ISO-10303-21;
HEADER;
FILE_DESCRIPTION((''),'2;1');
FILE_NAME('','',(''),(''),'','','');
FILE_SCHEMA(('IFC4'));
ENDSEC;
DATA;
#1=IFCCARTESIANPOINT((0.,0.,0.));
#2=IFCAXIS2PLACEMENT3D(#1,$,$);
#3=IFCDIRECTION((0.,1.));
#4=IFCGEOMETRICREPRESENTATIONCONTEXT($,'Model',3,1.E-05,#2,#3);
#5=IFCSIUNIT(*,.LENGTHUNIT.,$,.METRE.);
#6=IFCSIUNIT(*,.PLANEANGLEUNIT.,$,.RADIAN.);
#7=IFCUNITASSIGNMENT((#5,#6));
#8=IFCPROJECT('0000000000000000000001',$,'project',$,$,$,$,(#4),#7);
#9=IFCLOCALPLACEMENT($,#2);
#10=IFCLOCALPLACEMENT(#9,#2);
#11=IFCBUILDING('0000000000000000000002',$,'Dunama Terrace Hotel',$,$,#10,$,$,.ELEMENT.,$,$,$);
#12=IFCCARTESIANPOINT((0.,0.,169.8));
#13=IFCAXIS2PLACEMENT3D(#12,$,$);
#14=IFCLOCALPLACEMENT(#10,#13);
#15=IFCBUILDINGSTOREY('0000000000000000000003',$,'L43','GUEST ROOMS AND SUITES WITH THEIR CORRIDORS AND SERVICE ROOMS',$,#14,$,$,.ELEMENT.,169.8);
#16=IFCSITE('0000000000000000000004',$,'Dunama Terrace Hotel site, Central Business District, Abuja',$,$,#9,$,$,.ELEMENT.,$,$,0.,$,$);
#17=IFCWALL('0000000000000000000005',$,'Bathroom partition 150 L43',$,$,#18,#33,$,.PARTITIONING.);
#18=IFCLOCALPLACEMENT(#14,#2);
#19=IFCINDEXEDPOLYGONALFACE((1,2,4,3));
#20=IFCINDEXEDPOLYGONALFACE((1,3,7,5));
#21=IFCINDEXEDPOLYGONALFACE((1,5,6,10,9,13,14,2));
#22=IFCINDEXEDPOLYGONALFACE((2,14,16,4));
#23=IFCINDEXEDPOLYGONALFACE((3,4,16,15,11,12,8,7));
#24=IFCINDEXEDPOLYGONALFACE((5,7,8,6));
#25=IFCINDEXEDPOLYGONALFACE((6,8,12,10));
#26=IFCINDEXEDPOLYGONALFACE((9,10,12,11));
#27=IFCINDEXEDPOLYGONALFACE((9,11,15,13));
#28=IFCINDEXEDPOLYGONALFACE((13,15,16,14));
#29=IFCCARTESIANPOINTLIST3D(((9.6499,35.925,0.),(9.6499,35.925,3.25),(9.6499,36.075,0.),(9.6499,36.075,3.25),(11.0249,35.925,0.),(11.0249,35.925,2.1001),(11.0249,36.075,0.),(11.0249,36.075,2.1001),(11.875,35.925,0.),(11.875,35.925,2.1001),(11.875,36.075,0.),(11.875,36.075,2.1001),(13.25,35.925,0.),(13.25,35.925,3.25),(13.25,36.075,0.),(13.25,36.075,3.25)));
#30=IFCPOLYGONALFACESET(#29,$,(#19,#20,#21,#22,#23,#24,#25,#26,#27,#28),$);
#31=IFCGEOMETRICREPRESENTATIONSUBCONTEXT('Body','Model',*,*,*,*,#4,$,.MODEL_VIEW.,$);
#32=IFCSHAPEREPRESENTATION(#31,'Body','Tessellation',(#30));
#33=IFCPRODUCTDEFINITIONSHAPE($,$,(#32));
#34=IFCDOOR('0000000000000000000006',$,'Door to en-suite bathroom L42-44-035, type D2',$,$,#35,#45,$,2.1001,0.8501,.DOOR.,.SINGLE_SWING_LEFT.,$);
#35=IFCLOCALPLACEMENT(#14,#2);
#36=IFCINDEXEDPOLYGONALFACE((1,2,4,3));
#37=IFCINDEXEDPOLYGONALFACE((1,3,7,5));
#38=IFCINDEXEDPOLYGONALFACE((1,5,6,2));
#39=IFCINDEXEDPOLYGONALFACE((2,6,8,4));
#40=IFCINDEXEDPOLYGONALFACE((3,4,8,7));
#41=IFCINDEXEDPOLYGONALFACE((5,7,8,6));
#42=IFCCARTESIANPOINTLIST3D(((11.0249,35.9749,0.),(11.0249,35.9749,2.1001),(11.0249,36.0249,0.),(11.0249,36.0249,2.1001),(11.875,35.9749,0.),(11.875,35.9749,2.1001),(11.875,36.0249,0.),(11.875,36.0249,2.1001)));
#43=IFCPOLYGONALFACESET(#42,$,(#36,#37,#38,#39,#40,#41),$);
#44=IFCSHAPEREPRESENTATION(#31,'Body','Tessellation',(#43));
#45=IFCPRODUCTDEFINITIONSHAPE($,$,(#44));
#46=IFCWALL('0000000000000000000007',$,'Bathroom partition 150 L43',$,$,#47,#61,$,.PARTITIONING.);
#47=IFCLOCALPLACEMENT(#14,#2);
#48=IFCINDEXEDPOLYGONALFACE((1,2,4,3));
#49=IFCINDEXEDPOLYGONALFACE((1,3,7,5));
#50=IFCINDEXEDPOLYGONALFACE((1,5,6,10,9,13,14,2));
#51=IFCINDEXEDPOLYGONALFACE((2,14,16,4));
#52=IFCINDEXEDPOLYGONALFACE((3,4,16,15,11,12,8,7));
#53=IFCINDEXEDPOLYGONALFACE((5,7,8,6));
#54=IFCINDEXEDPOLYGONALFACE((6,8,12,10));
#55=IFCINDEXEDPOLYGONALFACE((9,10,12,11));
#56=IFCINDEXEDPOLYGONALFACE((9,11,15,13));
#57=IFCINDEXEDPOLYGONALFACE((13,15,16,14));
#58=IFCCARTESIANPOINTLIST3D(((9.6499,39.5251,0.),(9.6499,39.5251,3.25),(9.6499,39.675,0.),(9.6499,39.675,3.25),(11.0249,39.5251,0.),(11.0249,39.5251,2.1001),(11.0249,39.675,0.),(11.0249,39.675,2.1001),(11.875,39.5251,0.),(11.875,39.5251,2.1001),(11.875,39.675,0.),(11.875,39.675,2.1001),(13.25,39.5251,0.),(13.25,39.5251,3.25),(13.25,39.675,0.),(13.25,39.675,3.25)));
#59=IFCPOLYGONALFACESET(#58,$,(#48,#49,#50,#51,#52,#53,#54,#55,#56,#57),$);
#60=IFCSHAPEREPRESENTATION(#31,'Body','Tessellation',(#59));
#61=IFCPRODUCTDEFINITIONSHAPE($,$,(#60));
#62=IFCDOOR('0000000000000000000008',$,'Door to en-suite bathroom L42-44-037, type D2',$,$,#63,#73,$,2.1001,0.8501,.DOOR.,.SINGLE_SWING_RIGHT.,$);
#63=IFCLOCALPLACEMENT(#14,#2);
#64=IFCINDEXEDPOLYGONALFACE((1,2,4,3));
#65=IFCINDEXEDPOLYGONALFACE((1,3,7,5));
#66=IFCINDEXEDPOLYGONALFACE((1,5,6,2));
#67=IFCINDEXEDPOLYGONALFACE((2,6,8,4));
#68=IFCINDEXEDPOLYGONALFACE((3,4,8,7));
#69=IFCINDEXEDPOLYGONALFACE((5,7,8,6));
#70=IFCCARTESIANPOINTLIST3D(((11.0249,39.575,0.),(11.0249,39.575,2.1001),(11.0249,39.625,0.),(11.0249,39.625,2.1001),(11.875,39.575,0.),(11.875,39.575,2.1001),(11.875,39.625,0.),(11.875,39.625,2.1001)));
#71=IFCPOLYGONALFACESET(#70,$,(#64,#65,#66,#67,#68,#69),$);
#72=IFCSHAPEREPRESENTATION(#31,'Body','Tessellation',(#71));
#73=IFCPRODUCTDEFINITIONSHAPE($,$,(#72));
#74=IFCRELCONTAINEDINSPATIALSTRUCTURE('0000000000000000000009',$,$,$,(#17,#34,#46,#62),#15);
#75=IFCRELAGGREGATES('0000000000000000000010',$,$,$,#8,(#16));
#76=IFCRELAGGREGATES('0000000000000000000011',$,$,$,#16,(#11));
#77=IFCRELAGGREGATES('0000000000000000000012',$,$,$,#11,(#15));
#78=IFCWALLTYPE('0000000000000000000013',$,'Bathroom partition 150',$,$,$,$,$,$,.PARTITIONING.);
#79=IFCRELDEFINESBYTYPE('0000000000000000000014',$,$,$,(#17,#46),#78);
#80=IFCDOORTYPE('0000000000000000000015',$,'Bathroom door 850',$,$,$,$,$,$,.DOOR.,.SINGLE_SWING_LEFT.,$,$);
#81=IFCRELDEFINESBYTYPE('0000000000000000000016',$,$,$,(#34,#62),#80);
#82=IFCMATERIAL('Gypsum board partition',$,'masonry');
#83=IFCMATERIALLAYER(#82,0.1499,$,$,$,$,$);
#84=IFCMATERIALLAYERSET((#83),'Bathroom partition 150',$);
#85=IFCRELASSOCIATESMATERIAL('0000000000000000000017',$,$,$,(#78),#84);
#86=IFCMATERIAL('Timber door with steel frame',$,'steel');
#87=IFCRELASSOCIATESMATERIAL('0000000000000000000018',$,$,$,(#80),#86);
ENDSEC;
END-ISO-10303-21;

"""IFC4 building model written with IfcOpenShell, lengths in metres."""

from ifc_helpers import new_model, si_unit, direction, frame, frame_2d, origin, place, context, subcontext, project, spatial, rectangle, extrude, material, layer, layer_set, type_object, element, fill, save


model = new_model("IFC4")

# Units and contexts
model_context = context("Model", 3, precision=1e-05, world=origin(), true_north=direction((0.0, 1.0)))
body_context = subcontext(model_context, "Body", "Model", "MODEL_VIEW")
ifc_project = project(units=[si_unit("LENGTHUNIT", "METRE"), si_unit("PLANEANGLEUNIT", "RADIAN")], contexts=[model_context])

# Site, building, storey
site_placement = place(None, origin())
site = spatial("IfcSite", under=ifc_project, at=site_placement, Name="Dunama Terrace Hotel site, Central Business District, Abuja", CompositionType="ELEMENT", RefElevation=0.0)
building_placement = place(site_placement, origin())
building = spatial("IfcBuilding", under=site, at=building_placement, Name="Dunama Terrace Hotel", CompositionType="ELEMENT")
storey_placement = place(building_placement, frame((0.0, 0.0, 169.8)))
storey = spatial("IfcBuildingStorey", under=building, at=storey_placement, Name="L43", Description="GUEST ROOMS AND SUITES WITH THEIR CORRIDORS AND SERVICE ROOMS", CompositionType="ELEMENT", Elevation=169.8)

# Shared definitions
ifc_material_1 = material(Name="Gypsum board partition", Category="masonry")
ifc_layer = layer(ifc_material_1, 0.1499)
ifc_layer_set = layer_set([ifc_layer], Name="Bathroom partition 150")
wall_type = type_object("IfcWallType", Name="Bathroom partition 150", PredefinedType="PARTITIONING", material=ifc_layer_set)

# Walls, openings, doors
ifc_material_2 = material(Name="Timber door with steel frame", Category="steel")
door_type = type_object("IfcDoorType", Name="Bathroom door 850", OperationType="SINGLE_SWING_LEFT", PredefinedType="DOOR", material=ifc_material_2)
wall_1_placement = place(storey_placement, frame((9.6499, 36.0, 0.0), z_axis=(0.0, 0.0, 1.0), x_axis=(1.0, 0.0, 0.0)))
wall_1 = element("IfcWall", 1, at=wall_1_placement, inside=storey, type_object=wall_type, Name="Bathroom partition 150 L43", PredefinedType="PARTITIONING", context=body_context, shape_type="SweptSolid", body=[
    extrude(rectangle(XDim=3.6001, YDim=0.1499, at=frame_2d((1.8, 0.0))), origin(), (0.0, 0.0, 1.0), 3.25),
])
opening_1_placement = place(wall_1_placement, frame((1.375, 0.0, 0.0)))
opening_1 = element("IfcOpeningElement", 2, at=opening_1_placement, cuts=wall_1, PredefinedType="OPENING", context=body_context, shape_type="SweptSolid", body=[
    extrude(rectangle(XDim=0.8501, YDim=2.1001, at=frame_2d((0.425, 1.05))), frame((0.0, 0.085, 0.0), z_axis=(0.0, -1.0, 0.0), x_axis=(1.0, 0.0, 0.0)), (0.0, 0.0, 1.0), 0.1699),
])
door_1_placement = place(opening_1_placement, frame((0.8501, 0.0, 0.0), z_axis=(0.0, 0.0, 1.0), x_axis=(-1.0, 0.0, 0.0)))
door_1 = element("IfcDoor", 3, at=door_1_placement, inside=storey, type_object=door_type, Name="Door to en-suite bathroom L42-44-035, type D2", OperationType="SINGLE_SWING_LEFT", OverallHeight=2.1001, OverallWidth=0.8501, PredefinedType="DOOR", context=body_context, shape_type="SweptSolid", body=[
    extrude(rectangle(XDim=0.8501, YDim=2.1001, at=frame_2d((0.425, 1.05))), frame((0.0, 0.0251, 0.0), z_axis=(0.0, -1.0, 0.0), x_axis=(1.0, 0.0, 0.0)), (0.0, 0.0, 1.0), 0.05),
])
fill(opening_1, door_1)
wall_2_placement = place(storey_placement, frame((9.6499, 39.6001, 0.0), z_axis=(0.0, 0.0, 1.0), x_axis=(1.0, 0.0, 0.0)))
wall_2 = element("IfcWall", 4, at=wall_2_placement, inside=storey, type_object=wall_type, Name="Bathroom partition 150 L43", PredefinedType="PARTITIONING", context=body_context, shape_type="SweptSolid", body=[
    extrude(rectangle(XDim=3.6001, YDim=0.1499, at=frame_2d((1.8, 0.0))), origin(), (0.0, 0.0, 1.0), 3.25),
])
opening_2_placement = place(wall_2_placement, frame((1.375, 0.0, 0.0)))
opening_2 = element("IfcOpeningElement", 5, at=opening_2_placement, cuts=wall_2, PredefinedType="OPENING", context=body_context, shape_type="SweptSolid", body=[
    extrude(rectangle(XDim=0.8501, YDim=2.1001, at=frame_2d((0.425, 1.05))), frame((0.0, 0.085, 0.0), z_axis=(0.0, -1.0, 0.0), x_axis=(1.0, 0.0, 0.0)), (0.0, 0.0, 1.0), 0.1699),
])
door_2_placement = place(opening_2_placement, origin())
door_2 = element("IfcDoor", 6, at=door_2_placement, inside=storey, type_object=door_type, Name="Door to en-suite bathroom L42-44-037, type D2", OperationType="SINGLE_SWING_RIGHT", OverallHeight=2.1001, OverallWidth=0.8501, PredefinedType="DOOR", context=body_context, shape_type="SweptSolid", body=[
    extrude(rectangle(XDim=0.8501, YDim=2.1001, at=frame_2d((0.425, 1.05))), frame((0.0, 0.0249, 0.0), z_axis=(0.0, -1.0, 0.0), x_axis=(1.0, 0.0, 0.0)), (0.0, 0.0, 1.0), 0.05),
])
fill(opening_2, door_2)

save(model, "model.ifc")
